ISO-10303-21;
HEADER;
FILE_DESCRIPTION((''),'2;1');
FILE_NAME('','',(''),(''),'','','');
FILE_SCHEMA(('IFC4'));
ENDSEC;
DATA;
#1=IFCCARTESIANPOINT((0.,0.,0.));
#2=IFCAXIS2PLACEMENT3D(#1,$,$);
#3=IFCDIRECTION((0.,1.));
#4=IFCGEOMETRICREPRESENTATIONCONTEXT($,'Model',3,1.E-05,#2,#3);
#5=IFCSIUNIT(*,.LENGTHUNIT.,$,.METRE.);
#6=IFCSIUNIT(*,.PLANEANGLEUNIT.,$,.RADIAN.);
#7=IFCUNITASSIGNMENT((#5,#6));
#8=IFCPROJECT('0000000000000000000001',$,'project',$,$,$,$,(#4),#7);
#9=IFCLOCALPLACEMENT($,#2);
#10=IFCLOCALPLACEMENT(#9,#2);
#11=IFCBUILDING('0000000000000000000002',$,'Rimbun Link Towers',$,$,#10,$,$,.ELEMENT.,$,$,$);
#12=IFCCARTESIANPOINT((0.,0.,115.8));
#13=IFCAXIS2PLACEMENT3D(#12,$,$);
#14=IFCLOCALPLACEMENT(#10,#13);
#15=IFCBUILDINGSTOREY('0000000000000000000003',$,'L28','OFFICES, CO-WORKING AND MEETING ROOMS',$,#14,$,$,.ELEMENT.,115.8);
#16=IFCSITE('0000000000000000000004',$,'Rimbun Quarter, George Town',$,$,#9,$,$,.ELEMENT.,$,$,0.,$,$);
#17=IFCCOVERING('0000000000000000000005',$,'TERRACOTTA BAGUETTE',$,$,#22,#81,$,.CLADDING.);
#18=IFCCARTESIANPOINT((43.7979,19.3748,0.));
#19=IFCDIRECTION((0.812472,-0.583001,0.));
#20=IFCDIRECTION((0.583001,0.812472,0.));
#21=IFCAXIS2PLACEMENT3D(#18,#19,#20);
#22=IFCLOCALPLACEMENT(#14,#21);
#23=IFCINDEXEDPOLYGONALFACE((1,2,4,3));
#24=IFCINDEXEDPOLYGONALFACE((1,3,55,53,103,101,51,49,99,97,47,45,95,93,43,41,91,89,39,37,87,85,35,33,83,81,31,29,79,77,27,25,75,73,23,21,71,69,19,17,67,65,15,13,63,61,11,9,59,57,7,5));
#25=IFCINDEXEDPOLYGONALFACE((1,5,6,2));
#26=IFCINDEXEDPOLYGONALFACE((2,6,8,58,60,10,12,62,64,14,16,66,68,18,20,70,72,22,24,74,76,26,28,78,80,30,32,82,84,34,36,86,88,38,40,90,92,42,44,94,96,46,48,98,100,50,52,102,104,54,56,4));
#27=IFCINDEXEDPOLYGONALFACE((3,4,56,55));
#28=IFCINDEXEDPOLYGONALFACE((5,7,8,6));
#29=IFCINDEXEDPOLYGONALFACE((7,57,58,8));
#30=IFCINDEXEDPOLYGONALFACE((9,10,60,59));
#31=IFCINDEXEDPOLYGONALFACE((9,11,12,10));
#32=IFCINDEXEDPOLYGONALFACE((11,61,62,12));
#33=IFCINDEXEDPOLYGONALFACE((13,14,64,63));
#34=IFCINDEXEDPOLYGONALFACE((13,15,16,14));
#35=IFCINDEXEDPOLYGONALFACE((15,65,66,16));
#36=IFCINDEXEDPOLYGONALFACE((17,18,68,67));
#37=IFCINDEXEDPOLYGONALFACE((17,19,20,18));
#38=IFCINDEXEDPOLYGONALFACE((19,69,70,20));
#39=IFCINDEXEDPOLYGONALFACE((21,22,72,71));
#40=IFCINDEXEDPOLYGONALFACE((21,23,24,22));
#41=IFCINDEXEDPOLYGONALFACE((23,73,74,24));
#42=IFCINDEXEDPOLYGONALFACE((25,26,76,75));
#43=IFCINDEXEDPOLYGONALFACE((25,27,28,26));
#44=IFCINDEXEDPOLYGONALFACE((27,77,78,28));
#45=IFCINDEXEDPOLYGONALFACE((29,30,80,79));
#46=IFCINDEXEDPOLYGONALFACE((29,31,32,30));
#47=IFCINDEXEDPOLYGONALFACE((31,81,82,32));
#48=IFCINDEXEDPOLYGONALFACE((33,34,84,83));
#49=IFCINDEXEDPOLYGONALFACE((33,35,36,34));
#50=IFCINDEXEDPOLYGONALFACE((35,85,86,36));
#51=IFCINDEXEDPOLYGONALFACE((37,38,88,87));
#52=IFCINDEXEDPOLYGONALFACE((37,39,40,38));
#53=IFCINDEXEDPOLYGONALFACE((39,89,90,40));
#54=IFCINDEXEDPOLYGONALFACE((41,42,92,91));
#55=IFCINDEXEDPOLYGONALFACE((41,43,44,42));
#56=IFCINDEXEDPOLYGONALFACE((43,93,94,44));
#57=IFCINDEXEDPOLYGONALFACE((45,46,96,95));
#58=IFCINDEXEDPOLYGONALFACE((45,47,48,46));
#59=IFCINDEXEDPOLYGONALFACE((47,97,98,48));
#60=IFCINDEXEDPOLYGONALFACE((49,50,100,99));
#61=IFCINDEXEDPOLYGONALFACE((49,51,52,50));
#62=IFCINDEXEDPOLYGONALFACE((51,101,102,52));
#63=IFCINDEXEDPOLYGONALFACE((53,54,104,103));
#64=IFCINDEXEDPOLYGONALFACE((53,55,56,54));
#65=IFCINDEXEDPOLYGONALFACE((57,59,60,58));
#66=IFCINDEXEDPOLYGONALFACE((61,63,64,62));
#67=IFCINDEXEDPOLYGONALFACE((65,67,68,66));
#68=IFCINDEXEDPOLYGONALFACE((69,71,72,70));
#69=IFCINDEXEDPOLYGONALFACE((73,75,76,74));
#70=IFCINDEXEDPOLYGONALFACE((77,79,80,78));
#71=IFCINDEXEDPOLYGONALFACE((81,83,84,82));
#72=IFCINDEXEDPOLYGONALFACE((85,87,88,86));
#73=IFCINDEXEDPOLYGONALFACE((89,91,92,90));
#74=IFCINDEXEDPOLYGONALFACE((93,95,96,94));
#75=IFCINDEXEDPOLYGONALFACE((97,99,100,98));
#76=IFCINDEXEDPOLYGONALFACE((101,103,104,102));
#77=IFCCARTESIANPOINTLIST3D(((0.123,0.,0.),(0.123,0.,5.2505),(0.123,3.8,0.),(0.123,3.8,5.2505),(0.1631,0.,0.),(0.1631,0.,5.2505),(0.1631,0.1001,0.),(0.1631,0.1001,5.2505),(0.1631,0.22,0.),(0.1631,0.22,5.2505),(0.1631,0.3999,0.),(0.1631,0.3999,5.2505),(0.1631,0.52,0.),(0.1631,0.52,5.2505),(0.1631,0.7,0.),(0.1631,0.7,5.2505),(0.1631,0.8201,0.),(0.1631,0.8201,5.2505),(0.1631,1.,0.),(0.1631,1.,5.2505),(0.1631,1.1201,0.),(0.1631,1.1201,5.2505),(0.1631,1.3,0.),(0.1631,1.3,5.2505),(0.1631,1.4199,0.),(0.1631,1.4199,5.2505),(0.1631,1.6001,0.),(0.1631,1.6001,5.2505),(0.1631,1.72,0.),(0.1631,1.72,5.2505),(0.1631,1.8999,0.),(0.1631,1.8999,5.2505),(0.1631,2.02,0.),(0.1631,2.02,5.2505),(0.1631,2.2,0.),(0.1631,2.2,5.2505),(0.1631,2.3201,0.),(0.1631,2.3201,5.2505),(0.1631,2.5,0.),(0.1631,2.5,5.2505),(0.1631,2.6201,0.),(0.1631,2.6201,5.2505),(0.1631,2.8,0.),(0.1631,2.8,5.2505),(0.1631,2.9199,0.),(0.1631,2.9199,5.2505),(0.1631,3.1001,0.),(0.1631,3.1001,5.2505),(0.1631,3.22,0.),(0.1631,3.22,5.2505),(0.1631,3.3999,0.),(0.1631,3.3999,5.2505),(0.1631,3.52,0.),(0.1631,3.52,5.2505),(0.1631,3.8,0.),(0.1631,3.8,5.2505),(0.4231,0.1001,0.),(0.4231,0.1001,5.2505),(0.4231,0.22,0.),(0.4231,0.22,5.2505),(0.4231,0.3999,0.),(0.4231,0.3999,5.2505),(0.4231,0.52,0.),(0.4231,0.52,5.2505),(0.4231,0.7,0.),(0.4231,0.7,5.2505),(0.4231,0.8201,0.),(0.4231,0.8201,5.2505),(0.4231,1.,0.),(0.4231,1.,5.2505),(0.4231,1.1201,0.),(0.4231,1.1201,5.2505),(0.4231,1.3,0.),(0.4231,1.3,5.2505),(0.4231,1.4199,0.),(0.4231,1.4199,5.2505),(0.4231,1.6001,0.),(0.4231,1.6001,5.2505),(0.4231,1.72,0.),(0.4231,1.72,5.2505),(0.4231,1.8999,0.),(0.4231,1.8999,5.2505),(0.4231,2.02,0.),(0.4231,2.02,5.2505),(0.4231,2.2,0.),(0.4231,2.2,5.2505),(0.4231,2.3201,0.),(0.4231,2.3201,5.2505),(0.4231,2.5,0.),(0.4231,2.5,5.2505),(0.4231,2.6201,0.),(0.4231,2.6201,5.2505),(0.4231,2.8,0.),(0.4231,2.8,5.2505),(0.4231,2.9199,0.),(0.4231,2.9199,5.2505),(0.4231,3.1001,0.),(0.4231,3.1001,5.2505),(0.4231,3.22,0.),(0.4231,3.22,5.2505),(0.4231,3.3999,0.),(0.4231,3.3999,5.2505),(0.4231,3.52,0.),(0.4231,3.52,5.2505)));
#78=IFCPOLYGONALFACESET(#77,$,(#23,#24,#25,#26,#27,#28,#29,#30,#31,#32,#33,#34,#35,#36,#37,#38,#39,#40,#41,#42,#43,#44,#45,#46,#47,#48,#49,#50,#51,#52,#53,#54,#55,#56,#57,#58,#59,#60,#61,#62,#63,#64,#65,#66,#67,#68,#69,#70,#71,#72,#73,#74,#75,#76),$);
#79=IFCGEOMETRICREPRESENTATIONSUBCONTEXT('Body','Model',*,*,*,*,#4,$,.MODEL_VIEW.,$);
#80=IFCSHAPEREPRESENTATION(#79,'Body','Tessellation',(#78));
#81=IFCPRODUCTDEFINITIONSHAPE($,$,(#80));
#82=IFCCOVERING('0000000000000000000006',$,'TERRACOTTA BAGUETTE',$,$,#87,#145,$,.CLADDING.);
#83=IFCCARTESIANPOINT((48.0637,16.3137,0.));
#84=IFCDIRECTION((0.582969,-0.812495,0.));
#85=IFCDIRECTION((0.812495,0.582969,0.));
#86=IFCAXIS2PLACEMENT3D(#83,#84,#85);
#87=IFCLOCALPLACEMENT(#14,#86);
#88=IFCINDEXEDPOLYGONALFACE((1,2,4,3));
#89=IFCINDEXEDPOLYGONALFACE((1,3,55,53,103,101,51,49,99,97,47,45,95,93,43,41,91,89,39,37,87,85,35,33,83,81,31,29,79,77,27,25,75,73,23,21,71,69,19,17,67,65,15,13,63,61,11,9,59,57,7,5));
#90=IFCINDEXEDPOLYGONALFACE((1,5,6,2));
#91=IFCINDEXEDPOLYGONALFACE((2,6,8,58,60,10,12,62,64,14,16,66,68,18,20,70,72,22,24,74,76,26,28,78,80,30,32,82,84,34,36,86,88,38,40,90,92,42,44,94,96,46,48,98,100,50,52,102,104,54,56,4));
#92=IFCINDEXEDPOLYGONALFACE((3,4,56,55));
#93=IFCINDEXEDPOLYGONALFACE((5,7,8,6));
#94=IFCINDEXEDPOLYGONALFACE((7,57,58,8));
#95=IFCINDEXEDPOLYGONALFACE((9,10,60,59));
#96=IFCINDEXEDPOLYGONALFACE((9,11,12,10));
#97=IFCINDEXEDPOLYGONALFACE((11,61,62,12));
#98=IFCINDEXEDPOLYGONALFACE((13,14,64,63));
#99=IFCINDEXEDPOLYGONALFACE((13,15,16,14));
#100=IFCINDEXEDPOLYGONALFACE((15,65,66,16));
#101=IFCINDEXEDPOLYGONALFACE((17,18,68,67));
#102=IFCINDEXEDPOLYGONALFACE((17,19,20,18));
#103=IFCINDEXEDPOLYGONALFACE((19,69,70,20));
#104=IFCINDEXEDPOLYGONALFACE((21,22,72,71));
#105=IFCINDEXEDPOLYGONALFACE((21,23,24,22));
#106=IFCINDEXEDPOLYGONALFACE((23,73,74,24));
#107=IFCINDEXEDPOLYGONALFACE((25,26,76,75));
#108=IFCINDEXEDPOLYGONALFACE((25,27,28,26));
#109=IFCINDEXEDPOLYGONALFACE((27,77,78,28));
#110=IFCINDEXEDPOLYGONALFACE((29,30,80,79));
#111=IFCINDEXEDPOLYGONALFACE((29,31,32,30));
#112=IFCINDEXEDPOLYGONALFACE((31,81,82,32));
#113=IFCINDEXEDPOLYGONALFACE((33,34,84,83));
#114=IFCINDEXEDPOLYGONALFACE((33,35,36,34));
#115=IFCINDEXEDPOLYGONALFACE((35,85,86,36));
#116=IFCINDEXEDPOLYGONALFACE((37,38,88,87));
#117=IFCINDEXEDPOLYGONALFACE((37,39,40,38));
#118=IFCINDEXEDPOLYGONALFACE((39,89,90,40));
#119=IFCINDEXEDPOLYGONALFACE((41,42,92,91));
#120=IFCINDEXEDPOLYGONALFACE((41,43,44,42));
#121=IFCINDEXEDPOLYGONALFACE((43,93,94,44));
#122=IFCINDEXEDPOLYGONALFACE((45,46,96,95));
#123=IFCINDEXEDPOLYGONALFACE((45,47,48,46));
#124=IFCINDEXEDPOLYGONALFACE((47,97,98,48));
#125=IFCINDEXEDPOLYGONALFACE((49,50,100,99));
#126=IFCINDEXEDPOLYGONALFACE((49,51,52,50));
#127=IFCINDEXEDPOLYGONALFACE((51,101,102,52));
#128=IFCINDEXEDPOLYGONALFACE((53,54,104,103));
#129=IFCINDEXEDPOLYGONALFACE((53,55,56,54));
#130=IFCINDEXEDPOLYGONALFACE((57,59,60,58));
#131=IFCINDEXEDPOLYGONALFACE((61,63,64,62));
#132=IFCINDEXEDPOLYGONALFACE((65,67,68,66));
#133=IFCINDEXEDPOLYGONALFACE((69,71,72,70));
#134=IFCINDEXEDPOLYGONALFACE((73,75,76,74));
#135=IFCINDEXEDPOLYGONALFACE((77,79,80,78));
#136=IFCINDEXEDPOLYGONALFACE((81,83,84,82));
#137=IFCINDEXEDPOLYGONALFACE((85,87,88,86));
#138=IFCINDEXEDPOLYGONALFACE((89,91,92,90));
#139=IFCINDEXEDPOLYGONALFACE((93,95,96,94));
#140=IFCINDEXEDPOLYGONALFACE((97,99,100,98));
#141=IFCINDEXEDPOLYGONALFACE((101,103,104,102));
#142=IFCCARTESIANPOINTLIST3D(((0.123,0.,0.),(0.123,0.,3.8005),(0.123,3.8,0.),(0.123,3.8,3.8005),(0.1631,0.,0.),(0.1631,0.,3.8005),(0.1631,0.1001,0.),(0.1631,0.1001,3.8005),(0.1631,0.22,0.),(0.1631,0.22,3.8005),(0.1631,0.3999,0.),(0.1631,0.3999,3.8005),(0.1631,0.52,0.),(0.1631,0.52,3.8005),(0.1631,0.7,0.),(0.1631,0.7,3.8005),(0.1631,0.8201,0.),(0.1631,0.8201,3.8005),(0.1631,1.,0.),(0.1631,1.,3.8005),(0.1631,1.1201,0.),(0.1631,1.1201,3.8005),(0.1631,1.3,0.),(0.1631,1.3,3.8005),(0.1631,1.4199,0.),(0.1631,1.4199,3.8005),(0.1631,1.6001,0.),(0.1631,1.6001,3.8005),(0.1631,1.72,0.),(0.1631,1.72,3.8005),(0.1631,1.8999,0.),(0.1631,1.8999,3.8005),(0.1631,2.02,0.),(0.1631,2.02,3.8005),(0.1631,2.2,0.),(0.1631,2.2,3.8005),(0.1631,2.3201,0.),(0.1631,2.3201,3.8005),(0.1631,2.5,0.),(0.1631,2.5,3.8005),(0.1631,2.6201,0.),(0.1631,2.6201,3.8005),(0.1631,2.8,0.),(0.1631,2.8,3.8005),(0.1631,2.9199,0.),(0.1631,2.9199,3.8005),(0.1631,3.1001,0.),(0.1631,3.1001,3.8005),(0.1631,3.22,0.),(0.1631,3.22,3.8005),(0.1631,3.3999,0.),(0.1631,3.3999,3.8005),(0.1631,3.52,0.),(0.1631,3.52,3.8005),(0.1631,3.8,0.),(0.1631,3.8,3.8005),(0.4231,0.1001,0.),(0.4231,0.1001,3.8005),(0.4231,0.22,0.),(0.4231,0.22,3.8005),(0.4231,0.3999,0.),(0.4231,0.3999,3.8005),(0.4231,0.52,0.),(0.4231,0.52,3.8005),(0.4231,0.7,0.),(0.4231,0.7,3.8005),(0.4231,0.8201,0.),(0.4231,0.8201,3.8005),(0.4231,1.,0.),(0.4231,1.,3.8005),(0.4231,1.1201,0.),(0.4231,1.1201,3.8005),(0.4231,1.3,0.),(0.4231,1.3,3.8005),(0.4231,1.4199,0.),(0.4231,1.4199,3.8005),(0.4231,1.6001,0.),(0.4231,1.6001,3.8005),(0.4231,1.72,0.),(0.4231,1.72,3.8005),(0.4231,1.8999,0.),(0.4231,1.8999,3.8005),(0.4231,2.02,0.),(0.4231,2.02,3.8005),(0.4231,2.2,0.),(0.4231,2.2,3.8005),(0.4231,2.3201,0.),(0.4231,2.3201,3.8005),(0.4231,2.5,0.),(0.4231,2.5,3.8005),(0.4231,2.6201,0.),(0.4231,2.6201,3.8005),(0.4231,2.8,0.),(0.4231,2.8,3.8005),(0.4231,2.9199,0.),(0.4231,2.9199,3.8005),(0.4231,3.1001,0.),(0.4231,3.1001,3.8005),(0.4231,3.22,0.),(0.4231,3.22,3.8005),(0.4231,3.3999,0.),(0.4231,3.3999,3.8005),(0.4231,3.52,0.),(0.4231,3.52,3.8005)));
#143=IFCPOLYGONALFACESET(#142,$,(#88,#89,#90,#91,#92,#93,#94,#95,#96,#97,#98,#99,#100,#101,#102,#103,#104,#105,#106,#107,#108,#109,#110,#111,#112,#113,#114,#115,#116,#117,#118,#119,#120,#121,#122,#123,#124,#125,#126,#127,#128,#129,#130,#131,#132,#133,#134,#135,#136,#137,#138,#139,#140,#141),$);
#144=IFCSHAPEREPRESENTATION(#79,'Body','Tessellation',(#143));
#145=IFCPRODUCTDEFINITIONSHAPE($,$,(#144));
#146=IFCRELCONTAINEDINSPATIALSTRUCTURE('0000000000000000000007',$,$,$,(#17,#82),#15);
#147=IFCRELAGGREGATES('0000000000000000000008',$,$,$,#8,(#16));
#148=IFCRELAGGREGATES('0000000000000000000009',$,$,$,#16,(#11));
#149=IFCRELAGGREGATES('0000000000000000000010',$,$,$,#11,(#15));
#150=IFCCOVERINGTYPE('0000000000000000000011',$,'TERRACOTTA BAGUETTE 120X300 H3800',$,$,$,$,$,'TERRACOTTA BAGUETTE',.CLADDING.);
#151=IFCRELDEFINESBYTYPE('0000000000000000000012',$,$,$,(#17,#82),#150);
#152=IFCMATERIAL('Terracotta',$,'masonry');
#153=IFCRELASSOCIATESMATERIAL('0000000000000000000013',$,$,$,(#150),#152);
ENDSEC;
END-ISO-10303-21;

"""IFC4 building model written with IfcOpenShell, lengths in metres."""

from ifc_helpers import new_model, si_unit, direction, frame, origin, place, context, subcontext, project, spatial, polyline, outline, extrude, material, material_profile, profile_set, type_object, element, save


model = new_model("IFC4")

# Units and contexts
model_context = context("Model", 3, precision=1e-05, world=origin(), true_north=direction((0.0, 1.0)))
body_context = subcontext(model_context, "Body", "Model", "MODEL_VIEW")
ifc_project = project(units=[si_unit("LENGTHUNIT", "METRE"), si_unit("PLANEANGLEUNIT", "RADIAN")], contexts=[model_context])

# Site, building, storey
site_placement = place(None, origin())
site = spatial("IfcSite", under=ifc_project, at=site_placement, Name="Rimbun Quarter, George Town", CompositionType="ELEMENT", RefElevation=0.0)
building_placement = place(site_placement, origin())
building = spatial("IfcBuilding", under=site, at=building_placement, Name="Rimbun Link Towers", CompositionType="ELEMENT")
storey_placement = place(building_placement, frame((0.0, 0.0, 115.8)))
storey = spatial("IfcBuildingStorey", under=building, at=storey_placement, Name="L28", Description="OFFICES, CO-WORKING AND MEETING ROOMS", CompositionType="ELEMENT", Elevation=115.8)

# Coverings
ifc_material_1 = material(Name="Terracotta", Category="masonry")
ifc_material_profile_1 = material_profile(ifc_material_1, outline(polyline([(0.123, 0.0), (0.1631, 0.0), (0.1631, 0.1001), (0.4231, 0.1001), (0.4231, 0.22), (0.1631, 0.22), (0.1631, 0.3999), (0.4231, 0.3999), (0.4231, 0.52), (0.1631, 0.52), (0.1631, 0.7), (0.4231, 0.7), (0.4231, 0.8201), (0.1631, 0.8201), (0.1631, 1.0), (0.4231, 1.0), (0.4231, 1.1201), (0.1631, 1.1201), (0.1631, 1.3), (0.4231, 1.3), (0.4231, 1.4199), (0.1631, 1.4199), (0.1631, 1.6001), (0.4231, 1.6001), (0.4231, 1.72), (0.1631, 1.72), (0.1631, 1.8999), (0.4231, 1.8999), (0.4231, 2.02), (0.1631, 2.02), (0.1631, 2.2), (0.4231, 2.2), (0.4231, 2.3201), (0.1631, 2.3201), (0.1631, 2.5), (0.4231, 2.5), (0.4231, 2.6201), (0.1631, 2.6201), (0.1631, 2.8), (0.4231, 2.8), (0.4231, 2.9199), (0.1631, 2.9199), (0.1631, 3.1001), (0.4231, 3.1001), (0.4231, 3.22), (0.1631, 3.22), (0.1631, 3.3999), (0.4231, 3.3999), (0.4231, 3.52), (0.1631, 3.52), (0.1631, 3.8), (0.123, 3.8), (0.123, 0.0)])), Name="BAGUETTE 120X300")
ifc_profile_set_1 = profile_set([ifc_material_profile_1], Name="Terracotta")
covering_type = type_object("IfcCoveringType", Name="TERRACOTTA BAGUETTE 120X300 H3800", ElementType="TERRACOTTA BAGUETTE", PredefinedType="CLADDING", material=ifc_profile_set_1)
covering_1_placement = place(storey_placement, frame((43.7979, 19.3748, 0.0), z_axis=(0.812472, -0.583001, 0.0), x_axis=(0.583001, 0.812472, 0.0)))
element("IfcCovering", 1, at=covering_1_placement, inside=storey, type_object=covering_type, Name="TERRACOTTA BAGUETTE", PredefinedType="CLADDING", context=body_context, shape_type="SweptSolid", body=[
    extrude(outline(polyline([(0.123, 0.0), (0.1631, 0.0), (0.1631, 0.1001), (0.4231, 0.1001), (0.4231, 0.22), (0.1631, 0.22), (0.1631, 0.3999), (0.4231, 0.3999), (0.4231, 0.52), (0.1631, 0.52), (0.1631, 0.7), (0.4231, 0.7), (0.4231, 0.8201), (0.1631, 0.8201), (0.1631, 1.0), (0.4231, 1.0), (0.4231, 1.1201), (0.1631, 1.1201), (0.1631, 1.3), (0.4231, 1.3), (0.4231, 1.4199), (0.1631, 1.4199), (0.1631, 1.6001), (0.4231, 1.6001), (0.4231, 1.72), (0.1631, 1.72), (0.1631, 1.8999), (0.4231, 1.8999), (0.4231, 2.02), (0.1631, 2.02), (0.1631, 2.2), (0.4231, 2.2), (0.4231, 2.3201), (0.1631, 2.3201), (0.1631, 2.5), (0.4231, 2.5), (0.4231, 2.6201), (0.1631, 2.6201), (0.1631, 2.8), (0.4231, 2.8), (0.4231, 2.9199), (0.1631, 2.9199), (0.1631, 3.1001), (0.4231, 3.1001), (0.4231, 3.22), (0.1631, 3.22), (0.1631, 3.3999), (0.4231, 3.3999), (0.4231, 3.52), (0.1631, 3.52), (0.1631, 3.8), (0.123, 3.8), (0.123, 0.0)])), origin(), (0.0, 0.0, 1.0), 5.2505),
])
covering_2_placement = place(storey_placement, frame((48.0637, 16.3137, 0.0), z_axis=(0.582969, -0.812495, 0.0), x_axis=(0.812495, 0.582969, 0.0)))
element("IfcCovering", 2, at=covering_2_placement, inside=storey, type_object=covering_type, Name="TERRACOTTA BAGUETTE", PredefinedType="CLADDING", context=body_context, shape_type="SweptSolid", body=[
    extrude(outline(polyline([(0.123, 0.0), (0.1631, 0.0), (0.1631, 0.1001), (0.4231, 0.1001), (0.4231, 0.22), (0.1631, 0.22), (0.1631, 0.3999), (0.4231, 0.3999), (0.4231, 0.52), (0.1631, 0.52), (0.1631, 0.7), (0.4231, 0.7), (0.4231, 0.8201), (0.1631, 0.8201), (0.1631, 1.0), (0.4231, 1.0), (0.4231, 1.1201), (0.1631, 1.1201), (0.1631, 1.3), (0.4231, 1.3), (0.4231, 1.4199), (0.1631, 1.4199), (0.1631, 1.6001), (0.4231, 1.6001), (0.4231, 1.72), (0.1631, 1.72), (0.1631, 1.8999), (0.4231, 1.8999), (0.4231, 2.02), (0.1631, 2.02), (0.1631, 2.2), (0.4231, 2.2), (0.4231, 2.3201), (0.1631, 2.3201), (0.1631, 2.5), (0.4231, 2.5), (0.4231, 2.6201), (0.1631, 2.6201), (0.1631, 2.8), (0.4231, 2.8), (0.4231, 2.9199), (0.1631, 2.9199), (0.1631, 3.1001), (0.4231, 3.1001), (0.4231, 3.22), (0.1631, 3.22), (0.1631, 3.3999), (0.4231, 3.3999), (0.4231, 3.52), (0.1631, 3.52), (0.1631, 3.8), (0.123, 3.8), (0.123, 0.0)])), origin(), (0.0, 0.0, 1.0), 3.8005),
])

save(model, "model.ifc")
